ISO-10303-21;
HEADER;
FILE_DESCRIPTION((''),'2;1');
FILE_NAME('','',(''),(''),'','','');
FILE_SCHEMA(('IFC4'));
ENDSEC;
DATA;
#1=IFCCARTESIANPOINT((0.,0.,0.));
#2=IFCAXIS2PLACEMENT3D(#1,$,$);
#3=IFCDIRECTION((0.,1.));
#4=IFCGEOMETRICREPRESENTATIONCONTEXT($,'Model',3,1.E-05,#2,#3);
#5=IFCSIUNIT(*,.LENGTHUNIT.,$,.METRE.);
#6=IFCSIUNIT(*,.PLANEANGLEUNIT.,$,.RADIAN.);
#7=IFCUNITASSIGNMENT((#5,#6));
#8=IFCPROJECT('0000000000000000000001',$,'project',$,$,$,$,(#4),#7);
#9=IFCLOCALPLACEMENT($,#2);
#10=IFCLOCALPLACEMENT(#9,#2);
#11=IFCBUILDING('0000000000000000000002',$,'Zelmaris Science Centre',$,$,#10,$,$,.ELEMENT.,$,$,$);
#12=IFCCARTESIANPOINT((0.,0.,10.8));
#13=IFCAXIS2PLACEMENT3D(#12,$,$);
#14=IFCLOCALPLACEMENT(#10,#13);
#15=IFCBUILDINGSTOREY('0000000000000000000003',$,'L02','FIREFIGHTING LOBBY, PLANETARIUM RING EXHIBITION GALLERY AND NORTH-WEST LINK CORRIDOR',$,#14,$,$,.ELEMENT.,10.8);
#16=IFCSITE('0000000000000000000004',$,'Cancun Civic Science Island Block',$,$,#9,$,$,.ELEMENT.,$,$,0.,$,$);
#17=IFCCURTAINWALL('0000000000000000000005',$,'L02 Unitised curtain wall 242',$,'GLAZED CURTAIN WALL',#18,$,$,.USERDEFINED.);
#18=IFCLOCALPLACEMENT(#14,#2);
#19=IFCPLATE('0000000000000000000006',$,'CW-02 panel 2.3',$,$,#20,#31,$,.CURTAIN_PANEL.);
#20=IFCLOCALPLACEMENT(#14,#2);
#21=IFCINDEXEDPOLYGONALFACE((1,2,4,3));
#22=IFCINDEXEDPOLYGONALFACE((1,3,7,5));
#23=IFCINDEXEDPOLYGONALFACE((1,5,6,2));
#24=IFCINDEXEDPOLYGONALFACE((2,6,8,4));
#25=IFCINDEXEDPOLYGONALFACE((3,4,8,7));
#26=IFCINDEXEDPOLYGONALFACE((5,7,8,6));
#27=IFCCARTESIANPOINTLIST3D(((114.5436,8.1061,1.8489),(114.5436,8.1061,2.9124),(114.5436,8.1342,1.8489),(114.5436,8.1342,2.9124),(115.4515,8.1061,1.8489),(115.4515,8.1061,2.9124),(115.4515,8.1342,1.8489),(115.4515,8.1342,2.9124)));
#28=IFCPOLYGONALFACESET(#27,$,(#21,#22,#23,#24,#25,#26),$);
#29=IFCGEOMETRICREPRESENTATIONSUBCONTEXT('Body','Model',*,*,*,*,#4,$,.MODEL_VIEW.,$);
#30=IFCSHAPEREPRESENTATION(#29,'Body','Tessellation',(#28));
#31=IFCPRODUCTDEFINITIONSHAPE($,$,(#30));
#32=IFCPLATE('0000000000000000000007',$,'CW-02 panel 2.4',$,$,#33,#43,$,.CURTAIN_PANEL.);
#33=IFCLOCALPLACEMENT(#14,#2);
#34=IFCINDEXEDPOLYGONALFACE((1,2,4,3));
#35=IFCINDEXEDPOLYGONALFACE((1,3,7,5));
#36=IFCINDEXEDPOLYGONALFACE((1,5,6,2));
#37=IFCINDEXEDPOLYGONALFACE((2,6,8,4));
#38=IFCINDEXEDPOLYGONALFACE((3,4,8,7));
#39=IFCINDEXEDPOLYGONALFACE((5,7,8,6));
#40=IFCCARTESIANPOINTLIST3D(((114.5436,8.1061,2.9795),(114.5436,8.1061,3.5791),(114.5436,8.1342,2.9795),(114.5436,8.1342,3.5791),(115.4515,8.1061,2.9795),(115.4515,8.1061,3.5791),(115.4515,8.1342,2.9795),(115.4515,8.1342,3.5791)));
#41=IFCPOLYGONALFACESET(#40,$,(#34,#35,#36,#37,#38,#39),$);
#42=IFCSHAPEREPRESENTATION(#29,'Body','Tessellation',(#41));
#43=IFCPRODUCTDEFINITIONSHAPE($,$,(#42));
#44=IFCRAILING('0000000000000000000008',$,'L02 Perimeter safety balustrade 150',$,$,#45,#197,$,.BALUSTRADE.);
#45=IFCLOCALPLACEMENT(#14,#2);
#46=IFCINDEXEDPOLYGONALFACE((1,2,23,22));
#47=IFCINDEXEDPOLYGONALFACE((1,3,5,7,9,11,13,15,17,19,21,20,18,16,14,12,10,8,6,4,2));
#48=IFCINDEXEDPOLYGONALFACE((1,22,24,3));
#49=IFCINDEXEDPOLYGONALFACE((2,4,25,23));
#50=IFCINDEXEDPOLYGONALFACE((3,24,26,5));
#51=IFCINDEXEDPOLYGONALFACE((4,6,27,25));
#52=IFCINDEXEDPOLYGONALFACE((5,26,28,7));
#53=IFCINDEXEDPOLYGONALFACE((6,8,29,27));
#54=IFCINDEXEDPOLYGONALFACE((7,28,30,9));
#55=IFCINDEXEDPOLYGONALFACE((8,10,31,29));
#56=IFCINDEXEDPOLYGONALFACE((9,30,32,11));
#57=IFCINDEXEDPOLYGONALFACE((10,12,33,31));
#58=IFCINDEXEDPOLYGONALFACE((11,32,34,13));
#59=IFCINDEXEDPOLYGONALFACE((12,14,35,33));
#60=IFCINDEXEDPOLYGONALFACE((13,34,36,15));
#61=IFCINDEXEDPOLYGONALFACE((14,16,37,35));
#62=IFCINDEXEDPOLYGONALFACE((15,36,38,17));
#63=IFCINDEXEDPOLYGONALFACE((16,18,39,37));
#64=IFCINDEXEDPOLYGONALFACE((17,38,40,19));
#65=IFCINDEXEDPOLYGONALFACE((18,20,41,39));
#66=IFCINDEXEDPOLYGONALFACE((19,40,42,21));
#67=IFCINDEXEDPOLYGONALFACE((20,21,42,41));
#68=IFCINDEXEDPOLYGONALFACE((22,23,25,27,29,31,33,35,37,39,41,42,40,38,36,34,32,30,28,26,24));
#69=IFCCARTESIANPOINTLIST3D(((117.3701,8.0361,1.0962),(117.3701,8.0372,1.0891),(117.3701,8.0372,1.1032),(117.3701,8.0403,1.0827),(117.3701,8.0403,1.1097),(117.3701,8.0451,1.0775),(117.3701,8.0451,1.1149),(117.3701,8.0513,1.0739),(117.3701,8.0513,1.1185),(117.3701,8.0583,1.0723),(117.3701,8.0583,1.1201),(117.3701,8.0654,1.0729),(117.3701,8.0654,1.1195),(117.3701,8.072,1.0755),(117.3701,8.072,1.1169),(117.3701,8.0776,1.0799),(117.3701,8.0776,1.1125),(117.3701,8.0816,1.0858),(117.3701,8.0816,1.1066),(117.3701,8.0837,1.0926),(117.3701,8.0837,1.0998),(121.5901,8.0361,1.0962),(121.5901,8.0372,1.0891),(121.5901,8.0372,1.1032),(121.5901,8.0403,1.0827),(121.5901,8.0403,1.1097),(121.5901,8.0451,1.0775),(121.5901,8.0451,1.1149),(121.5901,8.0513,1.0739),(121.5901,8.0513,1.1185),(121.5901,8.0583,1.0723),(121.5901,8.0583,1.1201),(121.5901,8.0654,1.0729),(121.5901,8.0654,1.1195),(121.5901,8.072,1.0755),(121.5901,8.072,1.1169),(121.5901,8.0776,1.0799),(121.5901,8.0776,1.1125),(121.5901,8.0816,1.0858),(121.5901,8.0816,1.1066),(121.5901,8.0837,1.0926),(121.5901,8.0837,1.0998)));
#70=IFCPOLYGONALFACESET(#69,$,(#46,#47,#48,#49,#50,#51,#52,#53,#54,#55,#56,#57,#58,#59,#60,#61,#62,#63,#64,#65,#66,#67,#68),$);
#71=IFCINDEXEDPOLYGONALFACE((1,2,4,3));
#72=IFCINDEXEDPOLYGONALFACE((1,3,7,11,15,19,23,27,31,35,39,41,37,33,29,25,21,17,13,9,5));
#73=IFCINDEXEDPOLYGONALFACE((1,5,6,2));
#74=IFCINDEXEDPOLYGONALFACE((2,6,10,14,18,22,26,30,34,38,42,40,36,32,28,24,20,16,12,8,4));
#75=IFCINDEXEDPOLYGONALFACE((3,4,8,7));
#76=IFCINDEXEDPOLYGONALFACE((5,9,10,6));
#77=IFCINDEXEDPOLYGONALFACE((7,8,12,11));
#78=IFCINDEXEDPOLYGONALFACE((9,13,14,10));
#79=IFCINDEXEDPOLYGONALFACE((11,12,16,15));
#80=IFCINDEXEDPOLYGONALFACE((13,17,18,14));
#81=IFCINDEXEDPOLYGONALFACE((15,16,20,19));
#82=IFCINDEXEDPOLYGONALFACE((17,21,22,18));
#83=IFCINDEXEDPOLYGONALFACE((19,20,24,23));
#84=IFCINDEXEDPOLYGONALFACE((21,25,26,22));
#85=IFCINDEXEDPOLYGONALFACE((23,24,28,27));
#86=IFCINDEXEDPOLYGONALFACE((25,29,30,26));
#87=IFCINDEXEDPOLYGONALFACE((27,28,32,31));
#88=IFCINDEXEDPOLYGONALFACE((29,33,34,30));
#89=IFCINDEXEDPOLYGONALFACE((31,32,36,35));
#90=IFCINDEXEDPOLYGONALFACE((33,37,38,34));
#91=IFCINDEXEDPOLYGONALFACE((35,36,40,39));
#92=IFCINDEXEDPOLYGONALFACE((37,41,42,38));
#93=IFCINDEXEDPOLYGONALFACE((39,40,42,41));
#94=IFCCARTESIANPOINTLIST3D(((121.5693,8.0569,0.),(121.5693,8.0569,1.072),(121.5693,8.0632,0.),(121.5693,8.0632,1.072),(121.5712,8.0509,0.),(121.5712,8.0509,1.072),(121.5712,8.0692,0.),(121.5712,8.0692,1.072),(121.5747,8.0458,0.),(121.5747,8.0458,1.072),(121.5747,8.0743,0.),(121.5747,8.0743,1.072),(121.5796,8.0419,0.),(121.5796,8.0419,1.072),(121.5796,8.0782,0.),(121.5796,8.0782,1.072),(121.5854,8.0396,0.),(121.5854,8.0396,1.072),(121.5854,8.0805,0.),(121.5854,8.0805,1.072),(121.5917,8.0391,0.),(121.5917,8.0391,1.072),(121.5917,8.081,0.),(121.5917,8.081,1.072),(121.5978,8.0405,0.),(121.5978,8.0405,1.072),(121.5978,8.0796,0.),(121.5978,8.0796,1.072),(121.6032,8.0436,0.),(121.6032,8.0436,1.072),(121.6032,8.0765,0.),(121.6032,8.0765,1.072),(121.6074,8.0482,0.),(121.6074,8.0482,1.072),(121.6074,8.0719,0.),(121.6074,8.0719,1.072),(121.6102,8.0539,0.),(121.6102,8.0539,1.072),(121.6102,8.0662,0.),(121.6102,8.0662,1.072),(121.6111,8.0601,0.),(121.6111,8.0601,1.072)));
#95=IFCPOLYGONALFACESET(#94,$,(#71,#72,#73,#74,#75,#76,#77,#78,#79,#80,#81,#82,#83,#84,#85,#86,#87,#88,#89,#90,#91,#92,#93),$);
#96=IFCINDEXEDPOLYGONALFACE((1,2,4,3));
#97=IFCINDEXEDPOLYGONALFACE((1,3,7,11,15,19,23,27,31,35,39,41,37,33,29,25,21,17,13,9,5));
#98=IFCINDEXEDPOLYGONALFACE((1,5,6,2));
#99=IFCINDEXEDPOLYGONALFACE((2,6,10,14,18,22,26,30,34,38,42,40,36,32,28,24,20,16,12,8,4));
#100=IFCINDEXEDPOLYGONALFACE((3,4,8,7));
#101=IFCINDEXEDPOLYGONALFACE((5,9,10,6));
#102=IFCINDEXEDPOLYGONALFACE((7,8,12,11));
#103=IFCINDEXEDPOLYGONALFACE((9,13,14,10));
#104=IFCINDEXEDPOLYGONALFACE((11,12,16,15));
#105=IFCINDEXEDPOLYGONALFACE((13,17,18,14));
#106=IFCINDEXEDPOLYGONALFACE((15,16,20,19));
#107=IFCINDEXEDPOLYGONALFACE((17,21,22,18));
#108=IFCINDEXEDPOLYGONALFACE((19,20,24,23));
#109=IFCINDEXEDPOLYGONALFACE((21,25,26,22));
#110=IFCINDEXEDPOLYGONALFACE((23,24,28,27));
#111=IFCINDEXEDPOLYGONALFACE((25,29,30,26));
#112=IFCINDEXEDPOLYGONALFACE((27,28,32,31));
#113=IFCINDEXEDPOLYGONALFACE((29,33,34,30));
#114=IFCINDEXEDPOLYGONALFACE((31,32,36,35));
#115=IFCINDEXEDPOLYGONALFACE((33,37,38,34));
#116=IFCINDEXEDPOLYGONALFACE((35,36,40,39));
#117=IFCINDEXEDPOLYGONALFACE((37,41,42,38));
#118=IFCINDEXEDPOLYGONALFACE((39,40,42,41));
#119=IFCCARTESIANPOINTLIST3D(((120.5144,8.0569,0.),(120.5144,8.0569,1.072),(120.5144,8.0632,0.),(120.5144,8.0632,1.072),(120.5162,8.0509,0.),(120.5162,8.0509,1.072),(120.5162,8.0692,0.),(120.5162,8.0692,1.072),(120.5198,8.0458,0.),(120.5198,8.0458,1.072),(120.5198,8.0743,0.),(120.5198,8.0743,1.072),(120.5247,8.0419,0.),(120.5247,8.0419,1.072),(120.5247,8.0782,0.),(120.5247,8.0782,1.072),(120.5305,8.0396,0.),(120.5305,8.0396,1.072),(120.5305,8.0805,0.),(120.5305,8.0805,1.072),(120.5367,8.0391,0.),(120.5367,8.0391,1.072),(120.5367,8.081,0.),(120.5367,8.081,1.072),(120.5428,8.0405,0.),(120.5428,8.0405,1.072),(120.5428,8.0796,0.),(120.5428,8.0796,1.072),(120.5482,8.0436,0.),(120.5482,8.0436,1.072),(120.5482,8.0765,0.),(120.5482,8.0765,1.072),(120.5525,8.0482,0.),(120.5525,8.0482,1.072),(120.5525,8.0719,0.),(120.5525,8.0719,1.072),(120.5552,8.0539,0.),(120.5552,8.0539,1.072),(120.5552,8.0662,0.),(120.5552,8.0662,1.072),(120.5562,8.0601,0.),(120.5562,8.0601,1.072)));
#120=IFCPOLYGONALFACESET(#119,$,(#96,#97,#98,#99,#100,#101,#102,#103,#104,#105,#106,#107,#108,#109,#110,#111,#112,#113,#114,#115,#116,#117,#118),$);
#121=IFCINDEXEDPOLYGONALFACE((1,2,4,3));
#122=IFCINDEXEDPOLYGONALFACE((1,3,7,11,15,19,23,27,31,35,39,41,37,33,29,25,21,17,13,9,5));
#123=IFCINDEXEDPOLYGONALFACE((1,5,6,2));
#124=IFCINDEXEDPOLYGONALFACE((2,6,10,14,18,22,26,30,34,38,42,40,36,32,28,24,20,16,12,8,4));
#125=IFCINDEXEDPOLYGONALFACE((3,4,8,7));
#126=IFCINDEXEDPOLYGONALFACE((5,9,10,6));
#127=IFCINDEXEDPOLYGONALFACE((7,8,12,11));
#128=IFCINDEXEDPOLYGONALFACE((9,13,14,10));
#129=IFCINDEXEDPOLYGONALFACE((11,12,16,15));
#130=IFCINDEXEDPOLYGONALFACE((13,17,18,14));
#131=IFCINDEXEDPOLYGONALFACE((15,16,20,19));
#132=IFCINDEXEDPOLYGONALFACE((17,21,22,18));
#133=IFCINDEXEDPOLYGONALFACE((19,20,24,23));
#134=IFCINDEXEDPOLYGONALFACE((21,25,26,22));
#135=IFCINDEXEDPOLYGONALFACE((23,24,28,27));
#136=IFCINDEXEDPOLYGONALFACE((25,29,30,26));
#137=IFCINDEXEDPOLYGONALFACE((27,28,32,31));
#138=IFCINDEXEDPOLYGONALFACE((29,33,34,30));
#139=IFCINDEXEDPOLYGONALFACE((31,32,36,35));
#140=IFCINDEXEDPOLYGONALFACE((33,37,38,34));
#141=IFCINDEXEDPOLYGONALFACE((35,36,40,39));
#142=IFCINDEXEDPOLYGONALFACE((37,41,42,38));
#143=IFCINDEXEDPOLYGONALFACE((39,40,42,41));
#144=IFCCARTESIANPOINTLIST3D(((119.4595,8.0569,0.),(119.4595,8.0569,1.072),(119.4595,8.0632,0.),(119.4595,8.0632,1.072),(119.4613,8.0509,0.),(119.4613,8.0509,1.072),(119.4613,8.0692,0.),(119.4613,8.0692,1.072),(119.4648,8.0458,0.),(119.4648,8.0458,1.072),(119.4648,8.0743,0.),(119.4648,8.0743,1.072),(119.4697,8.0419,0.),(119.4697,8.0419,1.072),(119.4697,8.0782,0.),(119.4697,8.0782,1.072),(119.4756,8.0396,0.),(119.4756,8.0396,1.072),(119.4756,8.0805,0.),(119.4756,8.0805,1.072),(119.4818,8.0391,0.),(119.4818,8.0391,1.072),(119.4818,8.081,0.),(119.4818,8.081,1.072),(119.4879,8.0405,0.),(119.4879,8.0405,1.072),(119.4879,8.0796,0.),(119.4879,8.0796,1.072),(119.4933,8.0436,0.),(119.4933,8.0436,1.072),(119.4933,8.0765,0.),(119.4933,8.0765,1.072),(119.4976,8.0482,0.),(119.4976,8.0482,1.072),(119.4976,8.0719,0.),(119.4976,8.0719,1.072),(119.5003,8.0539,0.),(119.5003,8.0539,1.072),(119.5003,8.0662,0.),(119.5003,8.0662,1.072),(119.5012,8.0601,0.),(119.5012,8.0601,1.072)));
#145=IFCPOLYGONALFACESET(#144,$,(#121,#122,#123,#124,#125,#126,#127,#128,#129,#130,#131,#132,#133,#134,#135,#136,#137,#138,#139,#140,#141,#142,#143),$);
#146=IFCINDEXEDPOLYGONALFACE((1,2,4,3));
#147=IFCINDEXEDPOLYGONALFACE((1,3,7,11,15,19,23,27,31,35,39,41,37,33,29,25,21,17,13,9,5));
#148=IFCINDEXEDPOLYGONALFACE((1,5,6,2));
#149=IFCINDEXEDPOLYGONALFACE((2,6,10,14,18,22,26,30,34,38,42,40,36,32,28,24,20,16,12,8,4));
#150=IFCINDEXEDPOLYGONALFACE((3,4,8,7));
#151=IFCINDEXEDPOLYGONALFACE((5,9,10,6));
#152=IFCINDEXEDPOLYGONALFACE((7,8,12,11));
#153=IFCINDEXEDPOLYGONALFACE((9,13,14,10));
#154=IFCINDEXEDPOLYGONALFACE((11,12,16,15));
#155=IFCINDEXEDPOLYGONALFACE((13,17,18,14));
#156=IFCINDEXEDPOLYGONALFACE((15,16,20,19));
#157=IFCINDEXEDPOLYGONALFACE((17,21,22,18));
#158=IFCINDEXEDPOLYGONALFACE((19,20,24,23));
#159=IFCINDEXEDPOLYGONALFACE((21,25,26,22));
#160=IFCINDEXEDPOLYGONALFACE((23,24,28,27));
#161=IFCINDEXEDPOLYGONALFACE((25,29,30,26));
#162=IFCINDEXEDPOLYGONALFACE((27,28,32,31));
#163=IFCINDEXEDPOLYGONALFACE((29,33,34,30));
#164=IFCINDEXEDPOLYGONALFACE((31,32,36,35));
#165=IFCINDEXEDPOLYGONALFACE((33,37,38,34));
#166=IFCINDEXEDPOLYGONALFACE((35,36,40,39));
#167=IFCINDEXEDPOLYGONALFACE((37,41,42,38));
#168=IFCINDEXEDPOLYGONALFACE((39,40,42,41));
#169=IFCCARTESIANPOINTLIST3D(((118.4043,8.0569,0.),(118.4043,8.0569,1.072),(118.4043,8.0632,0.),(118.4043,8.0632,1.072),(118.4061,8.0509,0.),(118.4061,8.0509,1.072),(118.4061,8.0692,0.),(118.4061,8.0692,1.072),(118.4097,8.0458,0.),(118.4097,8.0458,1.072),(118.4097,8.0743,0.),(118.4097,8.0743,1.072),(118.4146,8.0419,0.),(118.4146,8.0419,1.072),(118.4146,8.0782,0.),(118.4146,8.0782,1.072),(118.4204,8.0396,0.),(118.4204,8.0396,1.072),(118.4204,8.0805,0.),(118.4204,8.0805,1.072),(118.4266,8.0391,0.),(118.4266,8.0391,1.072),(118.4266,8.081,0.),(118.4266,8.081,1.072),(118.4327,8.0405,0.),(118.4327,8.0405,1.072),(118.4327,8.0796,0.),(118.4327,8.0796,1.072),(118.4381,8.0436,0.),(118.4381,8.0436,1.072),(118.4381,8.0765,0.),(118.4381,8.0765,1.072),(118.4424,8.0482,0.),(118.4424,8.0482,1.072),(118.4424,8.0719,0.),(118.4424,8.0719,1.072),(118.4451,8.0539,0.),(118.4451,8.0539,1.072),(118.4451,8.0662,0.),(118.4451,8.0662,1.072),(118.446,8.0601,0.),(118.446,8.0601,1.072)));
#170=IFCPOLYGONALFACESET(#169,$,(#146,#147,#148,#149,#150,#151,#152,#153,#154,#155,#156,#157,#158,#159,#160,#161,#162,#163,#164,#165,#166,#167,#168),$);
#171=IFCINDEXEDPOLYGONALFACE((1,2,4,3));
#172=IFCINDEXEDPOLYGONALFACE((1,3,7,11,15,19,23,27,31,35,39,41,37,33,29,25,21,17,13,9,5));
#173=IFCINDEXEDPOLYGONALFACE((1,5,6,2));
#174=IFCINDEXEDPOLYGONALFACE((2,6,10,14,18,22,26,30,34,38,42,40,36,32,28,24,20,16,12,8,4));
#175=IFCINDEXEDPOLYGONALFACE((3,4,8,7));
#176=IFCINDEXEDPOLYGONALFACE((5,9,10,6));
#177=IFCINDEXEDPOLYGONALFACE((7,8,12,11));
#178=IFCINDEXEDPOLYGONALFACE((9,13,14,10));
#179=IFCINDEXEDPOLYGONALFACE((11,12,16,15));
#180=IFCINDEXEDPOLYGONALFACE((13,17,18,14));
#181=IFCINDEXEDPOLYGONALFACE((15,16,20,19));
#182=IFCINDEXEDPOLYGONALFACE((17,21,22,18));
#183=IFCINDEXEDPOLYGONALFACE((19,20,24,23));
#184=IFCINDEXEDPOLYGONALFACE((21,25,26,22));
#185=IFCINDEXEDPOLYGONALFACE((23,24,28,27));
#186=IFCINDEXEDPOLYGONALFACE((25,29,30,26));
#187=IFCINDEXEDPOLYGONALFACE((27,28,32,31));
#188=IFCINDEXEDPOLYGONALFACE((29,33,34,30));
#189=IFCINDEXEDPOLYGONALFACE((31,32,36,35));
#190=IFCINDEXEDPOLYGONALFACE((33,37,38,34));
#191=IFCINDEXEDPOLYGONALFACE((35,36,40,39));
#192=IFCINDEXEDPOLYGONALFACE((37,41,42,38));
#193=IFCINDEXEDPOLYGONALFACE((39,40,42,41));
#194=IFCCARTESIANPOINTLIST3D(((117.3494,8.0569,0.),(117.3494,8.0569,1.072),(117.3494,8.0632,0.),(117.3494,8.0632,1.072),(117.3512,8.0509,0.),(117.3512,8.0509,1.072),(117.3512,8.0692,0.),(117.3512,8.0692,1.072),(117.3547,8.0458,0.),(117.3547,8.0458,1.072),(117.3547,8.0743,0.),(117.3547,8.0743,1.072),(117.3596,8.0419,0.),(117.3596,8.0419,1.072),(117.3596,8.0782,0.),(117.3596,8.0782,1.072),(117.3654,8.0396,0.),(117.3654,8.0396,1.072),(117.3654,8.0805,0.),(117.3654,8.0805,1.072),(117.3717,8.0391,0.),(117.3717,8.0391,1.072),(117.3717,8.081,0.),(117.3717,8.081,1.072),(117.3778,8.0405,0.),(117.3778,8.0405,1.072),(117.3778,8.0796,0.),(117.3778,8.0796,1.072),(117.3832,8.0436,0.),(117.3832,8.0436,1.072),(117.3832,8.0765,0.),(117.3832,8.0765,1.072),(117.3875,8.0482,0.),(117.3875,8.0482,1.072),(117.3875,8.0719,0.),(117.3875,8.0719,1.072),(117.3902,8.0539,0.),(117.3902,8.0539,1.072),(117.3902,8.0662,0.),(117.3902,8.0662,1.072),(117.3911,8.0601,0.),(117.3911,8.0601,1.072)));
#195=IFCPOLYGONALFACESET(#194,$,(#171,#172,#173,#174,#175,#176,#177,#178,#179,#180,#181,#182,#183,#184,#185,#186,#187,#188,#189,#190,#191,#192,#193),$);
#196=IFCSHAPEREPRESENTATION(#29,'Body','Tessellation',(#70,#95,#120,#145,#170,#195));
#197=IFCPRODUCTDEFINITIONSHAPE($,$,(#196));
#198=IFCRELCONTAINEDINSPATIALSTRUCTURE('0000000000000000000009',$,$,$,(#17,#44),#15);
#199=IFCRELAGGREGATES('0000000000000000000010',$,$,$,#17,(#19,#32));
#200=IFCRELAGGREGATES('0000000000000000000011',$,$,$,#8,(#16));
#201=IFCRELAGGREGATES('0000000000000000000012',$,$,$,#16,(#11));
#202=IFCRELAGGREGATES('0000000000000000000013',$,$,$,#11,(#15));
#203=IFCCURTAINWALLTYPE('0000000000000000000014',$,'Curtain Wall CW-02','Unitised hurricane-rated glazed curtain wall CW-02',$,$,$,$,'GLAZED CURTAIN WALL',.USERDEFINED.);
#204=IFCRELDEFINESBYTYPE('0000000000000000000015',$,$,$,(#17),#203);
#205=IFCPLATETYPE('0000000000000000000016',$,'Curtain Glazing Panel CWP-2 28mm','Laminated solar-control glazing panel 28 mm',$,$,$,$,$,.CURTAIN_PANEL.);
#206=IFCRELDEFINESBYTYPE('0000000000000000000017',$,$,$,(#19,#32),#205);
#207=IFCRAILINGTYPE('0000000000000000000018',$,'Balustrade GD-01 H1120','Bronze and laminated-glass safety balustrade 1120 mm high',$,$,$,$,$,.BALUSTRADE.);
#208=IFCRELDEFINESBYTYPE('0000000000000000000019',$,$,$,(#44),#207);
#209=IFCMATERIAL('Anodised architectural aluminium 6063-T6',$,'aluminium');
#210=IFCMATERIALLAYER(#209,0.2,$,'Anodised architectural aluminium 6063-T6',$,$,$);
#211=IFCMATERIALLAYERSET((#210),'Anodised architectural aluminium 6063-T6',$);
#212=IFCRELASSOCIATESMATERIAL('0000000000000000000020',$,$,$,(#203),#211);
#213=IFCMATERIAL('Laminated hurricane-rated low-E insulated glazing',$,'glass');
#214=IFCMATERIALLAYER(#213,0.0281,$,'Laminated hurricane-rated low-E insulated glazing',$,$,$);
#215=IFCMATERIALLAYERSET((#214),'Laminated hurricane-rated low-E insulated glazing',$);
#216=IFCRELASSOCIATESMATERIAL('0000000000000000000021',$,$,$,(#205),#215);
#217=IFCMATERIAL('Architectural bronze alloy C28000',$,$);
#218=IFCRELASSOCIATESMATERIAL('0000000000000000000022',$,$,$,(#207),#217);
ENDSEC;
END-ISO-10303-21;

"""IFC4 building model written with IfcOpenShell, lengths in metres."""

from ifc_helpers import new_model, si_unit, direction, frame, origin, origin_2d, place, context, subcontext, project, spatial, rectangle, circle, extrude, material, layer, layer_set, type_object, element, aggregate, save


model = new_model("IFC4")

# Units and contexts
model_context = context("Model", 3, precision=1e-05, world=origin(), true_north=direction((0.0, 1.0)))
body_context = subcontext(model_context, "Body", "Model", "MODEL_VIEW")
ifc_project = project(units=[si_unit("LENGTHUNIT", "METRE"), si_unit("PLANEANGLEUNIT", "RADIAN")], contexts=[model_context])

# Site, building, storey
site_placement = place(None, origin())
site = spatial("IfcSite", under=ifc_project, at=site_placement, Name="Cancun Civic Science Island Block", CompositionType="ELEMENT", RefElevation=0.0)
building_placement = place(site_placement, origin())
building = spatial("IfcBuilding", under=site, at=building_placement, Name="Zelmaris Science Centre", CompositionType="ELEMENT")
storey_placement = place(building_placement, frame((0.0, 0.0, 10.8)))
storey = spatial("IfcBuildingStorey", under=building, at=storey_placement, Name="L02", Description="FIREFIGHTING LOBBY, PLANETARIUM RING EXHIBITION GALLERY AND NORTH-WEST LINK CORRIDOR", CompositionType="ELEMENT", Elevation=10.8)

# Curtain wall
ifc_material_1 = material(Name="Anodised architectural aluminium 6063-T6", Category="aluminium")
ifc_layer_1 = layer(ifc_material_1, 0.2, Name="Anodised architectural aluminium 6063-T6")
ifc_layer_set_1 = layer_set([ifc_layer_1], Name="Anodised architectural aluminium 6063-T6")
curtain_wall_type = type_object("IfcCurtainWallType", Name="Curtain Wall CW-02", Description="Unitised hurricane-rated glazed curtain wall CW-02", ElementType="GLAZED CURTAIN WALL", PredefinedType="USERDEFINED", material=ifc_layer_set_1)
curtain_wall_placement = place(storey_placement, origin())
curtain_wall = element("IfcCurtainWall", 1, at=curtain_wall_placement, inside=storey, type_object=curtain_wall_type, Name="L02 Unitised curtain wall 242", ObjectType="GLAZED CURTAIN WALL", PredefinedType="USERDEFINED")

# Plates
ifc_material_2 = material(Name="Laminated hurricane-rated low-E insulated glazing", Category="glass")
ifc_layer_2 = layer(ifc_material_2, 0.0281, Name="Laminated hurricane-rated low-E insulated glazing")
ifc_layer_set_2 = layer_set([ifc_layer_2], Name="Laminated hurricane-rated low-E insulated glazing")
plate_type = type_object("IfcPlateType", Name="Curtain Glazing Panel CWP-2 28mm", Description="Laminated solar-control glazing panel 28 mm", PredefinedType="CURTAIN_PANEL", material=ifc_layer_set_2)
plate_1_placement = place(storey_placement, frame((114.9976, 8.1201, 1.8489), z_axis=(0.0, 0.0, 1.0), x_axis=(-1.0, 0.0, 0.0)))
plate_1 = element("IfcPlate", 2, at=plate_1_placement, type_object=plate_type, Name="CW-02 panel 2.3", PredefinedType="CURTAIN_PANEL", context=body_context, shape_type="SweptSolid", body=[
    extrude(rectangle(XDim=0.908, YDim=0.0281, at=origin_2d()), origin(), (0.0, 0.0, 1.0), 1.0635),
])
plate_2_placement = place(storey_placement, frame((114.9976, 8.1201, 2.9795), z_axis=(0.0, 0.0, 1.0), x_axis=(-1.0, 0.0, 0.0)))
plate_2 = element("IfcPlate", 3, at=plate_2_placement, type_object=plate_type, Name="CW-02 panel 2.4", PredefinedType="CURTAIN_PANEL", context=body_context, shape_type="SweptSolid", body=[
    extrude(rectangle(XDim=0.908, YDim=0.0281, at=origin_2d()), origin(), (0.0, 0.0, 1.0), 0.5996),
])
aggregate(curtain_wall, [plate_1, plate_2])

# Railing
ifc_material_3 = material(Name="Architectural bronze alloy C28000")
railing_type = type_object("IfcRailingType", Name="Balustrade GD-01 H1120", Description="Bronze and laminated-glass safety balustrade 1120 mm high", PredefinedType="BALUSTRADE", material=ifc_material_3)
railing_1_placement = place(storey_placement, frame((121.5901, 8.0601, 0.0)))
element("IfcRailing", 4, at=railing_1_placement, inside=storey, type_object=railing_type, Name="L02 Perimeter safety balustrade 150", PredefinedType="BALUSTRADE", context=body_context, shape_type="SweptSolid", body=[
    extrude(circle(Radius=0.0239, at=origin_2d()), frame((0.0, 0.0, 1.0962), z_axis=(-1.0, 0.0, 0.0), x_axis=(0.0, -1.0, 0.0)), (0.0, 0.0, 1.0), 4.22),
    extrude(circle(Radius=0.021, at=origin_2d()), origin(), (0.0, 0.0, 1.0), 1.072),
    extrude(circle(Radius=0.021, at=origin_2d()), frame((-1.0549, 0.0, 0.0)), (0.0, 0.0, 1.0), 1.072),
    extrude(circle(Radius=0.021, at=origin_2d()), frame((-2.1099, 0.0, 0.0)), (0.0, 0.0, 1.0), 1.072),
    extrude(circle(Radius=0.021, at=origin_2d()), frame((-3.165, 0.0, 0.0)), (0.0, 0.0, 1.0), 1.072),
    extrude(circle(Radius=0.021, at=origin_2d()), frame((-4.22, 0.0, 0.0)), (0.0, 0.0, 1.0), 1.072),
])

save(model, "model.ifc")
